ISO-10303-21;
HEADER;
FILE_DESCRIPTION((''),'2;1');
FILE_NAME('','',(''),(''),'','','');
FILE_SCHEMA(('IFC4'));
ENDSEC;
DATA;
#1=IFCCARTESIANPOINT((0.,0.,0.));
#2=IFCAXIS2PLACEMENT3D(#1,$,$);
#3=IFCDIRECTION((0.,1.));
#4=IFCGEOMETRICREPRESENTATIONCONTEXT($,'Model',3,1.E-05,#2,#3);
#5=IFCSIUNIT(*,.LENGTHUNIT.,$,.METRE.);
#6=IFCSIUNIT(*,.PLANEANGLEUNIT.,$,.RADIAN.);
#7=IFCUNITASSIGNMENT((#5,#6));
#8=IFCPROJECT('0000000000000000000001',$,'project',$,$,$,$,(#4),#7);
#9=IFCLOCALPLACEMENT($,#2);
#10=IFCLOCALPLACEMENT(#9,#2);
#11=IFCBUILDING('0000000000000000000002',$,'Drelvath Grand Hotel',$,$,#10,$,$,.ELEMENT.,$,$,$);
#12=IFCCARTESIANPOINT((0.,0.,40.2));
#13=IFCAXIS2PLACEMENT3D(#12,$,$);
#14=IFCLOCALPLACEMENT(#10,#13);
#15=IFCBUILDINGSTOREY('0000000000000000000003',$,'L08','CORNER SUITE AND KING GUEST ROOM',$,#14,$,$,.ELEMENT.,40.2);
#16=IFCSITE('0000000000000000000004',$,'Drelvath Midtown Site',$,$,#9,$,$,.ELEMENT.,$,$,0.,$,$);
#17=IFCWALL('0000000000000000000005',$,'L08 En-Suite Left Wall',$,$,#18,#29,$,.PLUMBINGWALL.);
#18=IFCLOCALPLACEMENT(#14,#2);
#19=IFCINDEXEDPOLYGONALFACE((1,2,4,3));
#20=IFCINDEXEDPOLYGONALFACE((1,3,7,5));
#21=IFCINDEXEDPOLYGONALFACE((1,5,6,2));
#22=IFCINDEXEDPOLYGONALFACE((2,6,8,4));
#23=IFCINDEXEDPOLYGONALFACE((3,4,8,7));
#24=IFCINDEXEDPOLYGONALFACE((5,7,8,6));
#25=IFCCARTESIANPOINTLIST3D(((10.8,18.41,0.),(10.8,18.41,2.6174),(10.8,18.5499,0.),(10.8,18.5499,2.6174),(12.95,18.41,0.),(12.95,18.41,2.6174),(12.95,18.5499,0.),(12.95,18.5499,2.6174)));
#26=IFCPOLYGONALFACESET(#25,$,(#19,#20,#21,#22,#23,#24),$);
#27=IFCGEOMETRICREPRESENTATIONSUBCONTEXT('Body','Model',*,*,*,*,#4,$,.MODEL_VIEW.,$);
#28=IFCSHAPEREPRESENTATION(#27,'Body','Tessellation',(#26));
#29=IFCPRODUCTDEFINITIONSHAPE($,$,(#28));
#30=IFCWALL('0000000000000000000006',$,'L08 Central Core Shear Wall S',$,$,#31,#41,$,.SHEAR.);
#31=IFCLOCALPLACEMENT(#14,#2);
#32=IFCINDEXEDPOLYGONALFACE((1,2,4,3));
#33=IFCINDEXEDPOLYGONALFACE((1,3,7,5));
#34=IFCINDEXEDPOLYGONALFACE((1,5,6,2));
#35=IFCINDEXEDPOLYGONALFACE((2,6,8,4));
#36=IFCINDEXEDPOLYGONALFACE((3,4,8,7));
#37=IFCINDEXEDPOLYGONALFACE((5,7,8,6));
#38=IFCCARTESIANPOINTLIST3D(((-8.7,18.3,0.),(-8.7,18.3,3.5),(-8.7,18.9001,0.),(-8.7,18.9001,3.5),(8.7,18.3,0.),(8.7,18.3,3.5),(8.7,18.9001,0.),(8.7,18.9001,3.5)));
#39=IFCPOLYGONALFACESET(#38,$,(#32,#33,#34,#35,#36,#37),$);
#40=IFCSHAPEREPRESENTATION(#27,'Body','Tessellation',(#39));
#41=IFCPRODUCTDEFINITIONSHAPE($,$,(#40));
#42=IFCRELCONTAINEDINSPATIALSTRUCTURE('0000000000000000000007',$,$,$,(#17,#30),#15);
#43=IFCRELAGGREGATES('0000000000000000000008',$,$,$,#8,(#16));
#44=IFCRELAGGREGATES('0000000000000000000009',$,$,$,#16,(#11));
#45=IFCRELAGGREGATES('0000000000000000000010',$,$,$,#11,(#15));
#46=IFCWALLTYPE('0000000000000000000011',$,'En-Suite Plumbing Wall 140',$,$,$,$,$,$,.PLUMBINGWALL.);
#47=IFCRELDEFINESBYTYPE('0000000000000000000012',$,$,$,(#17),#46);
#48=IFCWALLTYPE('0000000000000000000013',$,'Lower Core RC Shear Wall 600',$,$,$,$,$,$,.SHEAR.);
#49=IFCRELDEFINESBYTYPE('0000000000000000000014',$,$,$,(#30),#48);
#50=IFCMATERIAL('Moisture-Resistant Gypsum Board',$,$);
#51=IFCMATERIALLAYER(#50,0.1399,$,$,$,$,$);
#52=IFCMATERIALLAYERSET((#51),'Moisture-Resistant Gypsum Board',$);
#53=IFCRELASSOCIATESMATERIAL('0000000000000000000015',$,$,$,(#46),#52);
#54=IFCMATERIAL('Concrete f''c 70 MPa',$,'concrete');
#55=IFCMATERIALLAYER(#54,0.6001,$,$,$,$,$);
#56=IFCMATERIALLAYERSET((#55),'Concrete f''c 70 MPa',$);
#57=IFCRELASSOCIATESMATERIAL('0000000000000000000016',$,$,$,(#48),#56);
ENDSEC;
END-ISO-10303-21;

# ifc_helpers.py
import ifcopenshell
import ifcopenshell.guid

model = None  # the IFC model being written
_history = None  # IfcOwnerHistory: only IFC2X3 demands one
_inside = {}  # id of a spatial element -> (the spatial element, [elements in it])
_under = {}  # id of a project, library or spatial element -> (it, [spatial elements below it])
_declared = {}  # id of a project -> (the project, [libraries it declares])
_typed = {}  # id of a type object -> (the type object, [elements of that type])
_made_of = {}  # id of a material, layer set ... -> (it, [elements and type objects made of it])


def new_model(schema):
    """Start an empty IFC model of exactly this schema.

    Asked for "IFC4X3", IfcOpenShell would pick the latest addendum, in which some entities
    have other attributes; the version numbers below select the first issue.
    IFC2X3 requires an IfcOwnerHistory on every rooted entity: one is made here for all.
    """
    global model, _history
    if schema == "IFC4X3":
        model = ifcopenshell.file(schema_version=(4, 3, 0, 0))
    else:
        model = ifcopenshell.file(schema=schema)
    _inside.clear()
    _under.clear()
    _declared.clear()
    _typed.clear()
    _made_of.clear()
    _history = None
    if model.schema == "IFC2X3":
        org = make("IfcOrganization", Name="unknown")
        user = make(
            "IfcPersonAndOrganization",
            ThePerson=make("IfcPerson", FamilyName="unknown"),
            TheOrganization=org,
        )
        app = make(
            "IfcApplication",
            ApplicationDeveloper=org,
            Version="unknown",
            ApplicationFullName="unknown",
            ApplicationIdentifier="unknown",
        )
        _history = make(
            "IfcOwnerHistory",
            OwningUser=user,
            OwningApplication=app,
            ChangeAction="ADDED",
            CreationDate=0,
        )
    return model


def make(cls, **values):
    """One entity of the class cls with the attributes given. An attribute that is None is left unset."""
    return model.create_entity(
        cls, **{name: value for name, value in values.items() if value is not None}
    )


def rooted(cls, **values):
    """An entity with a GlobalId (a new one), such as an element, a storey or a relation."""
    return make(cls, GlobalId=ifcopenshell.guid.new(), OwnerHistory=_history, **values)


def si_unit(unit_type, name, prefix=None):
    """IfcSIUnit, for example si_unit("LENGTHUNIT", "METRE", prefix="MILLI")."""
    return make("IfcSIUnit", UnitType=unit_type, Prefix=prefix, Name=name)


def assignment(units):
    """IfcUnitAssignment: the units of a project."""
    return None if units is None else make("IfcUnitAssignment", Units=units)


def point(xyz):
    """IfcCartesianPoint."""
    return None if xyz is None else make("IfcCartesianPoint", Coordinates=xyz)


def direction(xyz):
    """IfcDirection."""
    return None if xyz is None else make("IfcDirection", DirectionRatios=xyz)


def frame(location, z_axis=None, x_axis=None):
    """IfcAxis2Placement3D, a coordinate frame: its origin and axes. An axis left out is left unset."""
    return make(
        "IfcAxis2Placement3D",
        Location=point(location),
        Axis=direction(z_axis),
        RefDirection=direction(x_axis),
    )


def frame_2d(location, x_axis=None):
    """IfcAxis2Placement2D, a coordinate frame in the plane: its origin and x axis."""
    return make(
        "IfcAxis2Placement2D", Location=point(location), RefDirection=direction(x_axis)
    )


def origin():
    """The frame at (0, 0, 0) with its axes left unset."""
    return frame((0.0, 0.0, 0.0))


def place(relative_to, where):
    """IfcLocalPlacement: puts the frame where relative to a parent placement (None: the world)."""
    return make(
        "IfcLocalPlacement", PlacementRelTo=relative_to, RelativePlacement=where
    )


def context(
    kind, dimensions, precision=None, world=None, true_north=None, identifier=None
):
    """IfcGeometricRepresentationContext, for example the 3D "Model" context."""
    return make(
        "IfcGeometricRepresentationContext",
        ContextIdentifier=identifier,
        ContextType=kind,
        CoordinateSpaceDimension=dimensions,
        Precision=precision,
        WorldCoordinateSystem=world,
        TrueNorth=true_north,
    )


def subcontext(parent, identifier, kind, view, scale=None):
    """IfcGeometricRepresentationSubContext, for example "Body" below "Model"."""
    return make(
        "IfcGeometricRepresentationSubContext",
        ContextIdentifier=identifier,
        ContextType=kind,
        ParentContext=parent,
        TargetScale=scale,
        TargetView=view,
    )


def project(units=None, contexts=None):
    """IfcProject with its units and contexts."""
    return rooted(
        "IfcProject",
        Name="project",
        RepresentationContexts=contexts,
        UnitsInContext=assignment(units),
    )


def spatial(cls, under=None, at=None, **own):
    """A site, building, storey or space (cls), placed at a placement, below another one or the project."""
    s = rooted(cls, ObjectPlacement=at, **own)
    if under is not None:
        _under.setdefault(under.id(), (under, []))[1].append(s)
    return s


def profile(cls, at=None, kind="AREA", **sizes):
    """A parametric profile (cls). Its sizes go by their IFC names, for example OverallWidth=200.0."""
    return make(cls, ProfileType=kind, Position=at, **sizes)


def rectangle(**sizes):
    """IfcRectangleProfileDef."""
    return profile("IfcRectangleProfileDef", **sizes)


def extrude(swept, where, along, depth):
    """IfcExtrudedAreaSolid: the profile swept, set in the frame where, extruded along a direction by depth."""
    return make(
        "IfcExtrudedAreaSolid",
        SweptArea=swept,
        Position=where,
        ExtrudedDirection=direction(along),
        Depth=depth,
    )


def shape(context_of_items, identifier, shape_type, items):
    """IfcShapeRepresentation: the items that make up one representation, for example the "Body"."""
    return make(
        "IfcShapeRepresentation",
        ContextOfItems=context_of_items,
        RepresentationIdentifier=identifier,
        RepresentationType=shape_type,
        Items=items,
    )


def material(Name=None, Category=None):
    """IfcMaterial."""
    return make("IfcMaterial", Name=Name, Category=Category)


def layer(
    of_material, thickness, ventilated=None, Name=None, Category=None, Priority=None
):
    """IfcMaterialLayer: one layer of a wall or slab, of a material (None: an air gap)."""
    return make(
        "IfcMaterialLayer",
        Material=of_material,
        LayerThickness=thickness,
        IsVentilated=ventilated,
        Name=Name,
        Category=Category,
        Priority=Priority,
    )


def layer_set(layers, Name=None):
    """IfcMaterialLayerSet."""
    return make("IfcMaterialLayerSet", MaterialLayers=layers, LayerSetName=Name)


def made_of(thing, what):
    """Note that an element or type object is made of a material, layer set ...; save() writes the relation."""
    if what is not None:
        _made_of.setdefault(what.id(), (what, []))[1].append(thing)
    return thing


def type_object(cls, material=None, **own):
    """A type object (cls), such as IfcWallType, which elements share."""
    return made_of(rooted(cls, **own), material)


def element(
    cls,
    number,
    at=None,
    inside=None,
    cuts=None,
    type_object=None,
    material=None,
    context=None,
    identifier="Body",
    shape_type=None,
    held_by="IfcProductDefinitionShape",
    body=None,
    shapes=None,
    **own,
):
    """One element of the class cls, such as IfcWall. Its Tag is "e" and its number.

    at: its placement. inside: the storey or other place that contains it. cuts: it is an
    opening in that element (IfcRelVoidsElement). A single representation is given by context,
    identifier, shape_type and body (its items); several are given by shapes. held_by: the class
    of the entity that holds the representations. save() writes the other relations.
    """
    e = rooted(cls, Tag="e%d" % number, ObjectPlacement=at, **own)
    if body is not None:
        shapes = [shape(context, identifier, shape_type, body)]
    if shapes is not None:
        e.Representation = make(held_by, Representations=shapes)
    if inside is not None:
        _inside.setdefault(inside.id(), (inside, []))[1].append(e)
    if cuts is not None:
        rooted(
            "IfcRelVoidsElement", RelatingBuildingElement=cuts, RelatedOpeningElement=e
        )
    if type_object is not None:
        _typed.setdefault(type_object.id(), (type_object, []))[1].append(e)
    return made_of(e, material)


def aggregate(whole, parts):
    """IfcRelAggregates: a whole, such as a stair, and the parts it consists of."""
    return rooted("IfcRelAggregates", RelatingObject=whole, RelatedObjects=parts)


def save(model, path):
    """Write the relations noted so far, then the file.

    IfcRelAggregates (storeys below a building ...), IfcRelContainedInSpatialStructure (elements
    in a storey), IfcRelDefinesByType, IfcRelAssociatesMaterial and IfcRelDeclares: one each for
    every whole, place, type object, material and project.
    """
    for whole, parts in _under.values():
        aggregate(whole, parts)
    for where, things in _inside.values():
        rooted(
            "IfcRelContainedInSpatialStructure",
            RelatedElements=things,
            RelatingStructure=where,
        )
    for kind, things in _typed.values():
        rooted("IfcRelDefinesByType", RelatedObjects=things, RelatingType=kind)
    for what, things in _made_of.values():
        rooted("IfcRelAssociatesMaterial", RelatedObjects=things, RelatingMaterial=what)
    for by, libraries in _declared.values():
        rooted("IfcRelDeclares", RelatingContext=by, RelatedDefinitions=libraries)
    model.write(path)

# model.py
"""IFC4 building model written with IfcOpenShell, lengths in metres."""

from ifc_helpers import new_model, si_unit, direction, frame, frame_2d, origin, place, context, subcontext, project, spatial, rectangle, extrude, material, layer, layer_set, type_object, element, save


model = new_model("IFC4")

# Units and contexts
model_context = context("Model", 3, precision=1e-05, world=origin(), true_north=direction((0.0, 1.0)))
body_context = subcontext(model_context, "Body", "Model", "MODEL_VIEW")
ifc_project = project(units=[si_unit("LENGTHUNIT", "METRE"), si_unit("PLANEANGLEUNIT", "RADIAN")], contexts=[model_context])

# Site, building, storey
site_placement = place(None, origin())
site = spatial("IfcSite", under=ifc_project, at=site_placement, Name="Drelvath Midtown Site", CompositionType="ELEMENT", RefElevation=0.0)
building_placement = place(site_placement, origin())
building = spatial("IfcBuilding", under=site, at=building_placement, Name="Drelvath Grand Hotel", CompositionType="ELEMENT")
storey_placement = place(building_placement, frame((0.0, 0.0, 40.2)))
storey = spatial("IfcBuildingStorey", under=building, at=storey_placement, Name="L08", Description="CORNER SUITE AND KING GUEST ROOM", CompositionType="ELEMENT", Elevation=40.2)

# Shared definitions
ifc_material_1 = material(Name="Moisture-Resistant Gypsum Board")
ifc_layer_1 = layer(ifc_material_1, 0.1399)
ifc_layer_set_1 = layer_set([ifc_layer_1], Name="Moisture-Resistant Gypsum Board")
wall_type_1 = type_object("IfcWallType", Name="En-Suite Plumbing Wall 140", PredefinedType="PLUMBINGWALL", material=ifc_layer_set_1)

# Walls
wall_1_placement = place(storey_placement, frame((10.8, 18.48, 0.0), z_axis=(0.0, 0.0, 1.0), x_axis=(1.0, 0.0, 0.0)))
element("IfcWall", 1, at=wall_1_placement, inside=storey, type_object=wall_type_1, Name="L08 En-Suite Left Wall", PredefinedType="PLUMBINGWALL", context=body_context, shape_type="SweptSolid", body=[
    extrude(rectangle(XDim=2.1499, YDim=0.1399, at=frame_2d((1.075, 0.0))), origin(), (0.0, 0.0, 1.0), 2.6174),
])
ifc_material_2 = material(Name="Concrete f'c 70 MPa", Category="concrete")
ifc_layer_2 = layer(ifc_material_2, 0.6001)
ifc_layer_set_2 = layer_set([ifc_layer_2], Name="Concrete f'c 70 MPa")
wall_type_2 = type_object("IfcWallType", Name="Lower Core RC Shear Wall 600", PredefinedType="SHEAR", material=ifc_layer_set_2)
wall_2_placement = place(storey_placement, frame((8.7, 18.6001, 0.0), z_axis=(0.0, 0.0, 1.0), x_axis=(-1.0, 0.0, 0.0)))
element("IfcWall", 2, at=wall_2_placement, inside=storey, type_object=wall_type_2, Name="L08 Central Core Shear Wall S", PredefinedType="SHEAR", context=body_context, shape_type="SweptSolid", body=[
    extrude(rectangle(XDim=17.3999, YDim=0.6001, at=frame_2d((8.7, 0.0))), origin(), (0.0, 0.0, 1.0), 3.5),
])

save(model, "model.ifc")
